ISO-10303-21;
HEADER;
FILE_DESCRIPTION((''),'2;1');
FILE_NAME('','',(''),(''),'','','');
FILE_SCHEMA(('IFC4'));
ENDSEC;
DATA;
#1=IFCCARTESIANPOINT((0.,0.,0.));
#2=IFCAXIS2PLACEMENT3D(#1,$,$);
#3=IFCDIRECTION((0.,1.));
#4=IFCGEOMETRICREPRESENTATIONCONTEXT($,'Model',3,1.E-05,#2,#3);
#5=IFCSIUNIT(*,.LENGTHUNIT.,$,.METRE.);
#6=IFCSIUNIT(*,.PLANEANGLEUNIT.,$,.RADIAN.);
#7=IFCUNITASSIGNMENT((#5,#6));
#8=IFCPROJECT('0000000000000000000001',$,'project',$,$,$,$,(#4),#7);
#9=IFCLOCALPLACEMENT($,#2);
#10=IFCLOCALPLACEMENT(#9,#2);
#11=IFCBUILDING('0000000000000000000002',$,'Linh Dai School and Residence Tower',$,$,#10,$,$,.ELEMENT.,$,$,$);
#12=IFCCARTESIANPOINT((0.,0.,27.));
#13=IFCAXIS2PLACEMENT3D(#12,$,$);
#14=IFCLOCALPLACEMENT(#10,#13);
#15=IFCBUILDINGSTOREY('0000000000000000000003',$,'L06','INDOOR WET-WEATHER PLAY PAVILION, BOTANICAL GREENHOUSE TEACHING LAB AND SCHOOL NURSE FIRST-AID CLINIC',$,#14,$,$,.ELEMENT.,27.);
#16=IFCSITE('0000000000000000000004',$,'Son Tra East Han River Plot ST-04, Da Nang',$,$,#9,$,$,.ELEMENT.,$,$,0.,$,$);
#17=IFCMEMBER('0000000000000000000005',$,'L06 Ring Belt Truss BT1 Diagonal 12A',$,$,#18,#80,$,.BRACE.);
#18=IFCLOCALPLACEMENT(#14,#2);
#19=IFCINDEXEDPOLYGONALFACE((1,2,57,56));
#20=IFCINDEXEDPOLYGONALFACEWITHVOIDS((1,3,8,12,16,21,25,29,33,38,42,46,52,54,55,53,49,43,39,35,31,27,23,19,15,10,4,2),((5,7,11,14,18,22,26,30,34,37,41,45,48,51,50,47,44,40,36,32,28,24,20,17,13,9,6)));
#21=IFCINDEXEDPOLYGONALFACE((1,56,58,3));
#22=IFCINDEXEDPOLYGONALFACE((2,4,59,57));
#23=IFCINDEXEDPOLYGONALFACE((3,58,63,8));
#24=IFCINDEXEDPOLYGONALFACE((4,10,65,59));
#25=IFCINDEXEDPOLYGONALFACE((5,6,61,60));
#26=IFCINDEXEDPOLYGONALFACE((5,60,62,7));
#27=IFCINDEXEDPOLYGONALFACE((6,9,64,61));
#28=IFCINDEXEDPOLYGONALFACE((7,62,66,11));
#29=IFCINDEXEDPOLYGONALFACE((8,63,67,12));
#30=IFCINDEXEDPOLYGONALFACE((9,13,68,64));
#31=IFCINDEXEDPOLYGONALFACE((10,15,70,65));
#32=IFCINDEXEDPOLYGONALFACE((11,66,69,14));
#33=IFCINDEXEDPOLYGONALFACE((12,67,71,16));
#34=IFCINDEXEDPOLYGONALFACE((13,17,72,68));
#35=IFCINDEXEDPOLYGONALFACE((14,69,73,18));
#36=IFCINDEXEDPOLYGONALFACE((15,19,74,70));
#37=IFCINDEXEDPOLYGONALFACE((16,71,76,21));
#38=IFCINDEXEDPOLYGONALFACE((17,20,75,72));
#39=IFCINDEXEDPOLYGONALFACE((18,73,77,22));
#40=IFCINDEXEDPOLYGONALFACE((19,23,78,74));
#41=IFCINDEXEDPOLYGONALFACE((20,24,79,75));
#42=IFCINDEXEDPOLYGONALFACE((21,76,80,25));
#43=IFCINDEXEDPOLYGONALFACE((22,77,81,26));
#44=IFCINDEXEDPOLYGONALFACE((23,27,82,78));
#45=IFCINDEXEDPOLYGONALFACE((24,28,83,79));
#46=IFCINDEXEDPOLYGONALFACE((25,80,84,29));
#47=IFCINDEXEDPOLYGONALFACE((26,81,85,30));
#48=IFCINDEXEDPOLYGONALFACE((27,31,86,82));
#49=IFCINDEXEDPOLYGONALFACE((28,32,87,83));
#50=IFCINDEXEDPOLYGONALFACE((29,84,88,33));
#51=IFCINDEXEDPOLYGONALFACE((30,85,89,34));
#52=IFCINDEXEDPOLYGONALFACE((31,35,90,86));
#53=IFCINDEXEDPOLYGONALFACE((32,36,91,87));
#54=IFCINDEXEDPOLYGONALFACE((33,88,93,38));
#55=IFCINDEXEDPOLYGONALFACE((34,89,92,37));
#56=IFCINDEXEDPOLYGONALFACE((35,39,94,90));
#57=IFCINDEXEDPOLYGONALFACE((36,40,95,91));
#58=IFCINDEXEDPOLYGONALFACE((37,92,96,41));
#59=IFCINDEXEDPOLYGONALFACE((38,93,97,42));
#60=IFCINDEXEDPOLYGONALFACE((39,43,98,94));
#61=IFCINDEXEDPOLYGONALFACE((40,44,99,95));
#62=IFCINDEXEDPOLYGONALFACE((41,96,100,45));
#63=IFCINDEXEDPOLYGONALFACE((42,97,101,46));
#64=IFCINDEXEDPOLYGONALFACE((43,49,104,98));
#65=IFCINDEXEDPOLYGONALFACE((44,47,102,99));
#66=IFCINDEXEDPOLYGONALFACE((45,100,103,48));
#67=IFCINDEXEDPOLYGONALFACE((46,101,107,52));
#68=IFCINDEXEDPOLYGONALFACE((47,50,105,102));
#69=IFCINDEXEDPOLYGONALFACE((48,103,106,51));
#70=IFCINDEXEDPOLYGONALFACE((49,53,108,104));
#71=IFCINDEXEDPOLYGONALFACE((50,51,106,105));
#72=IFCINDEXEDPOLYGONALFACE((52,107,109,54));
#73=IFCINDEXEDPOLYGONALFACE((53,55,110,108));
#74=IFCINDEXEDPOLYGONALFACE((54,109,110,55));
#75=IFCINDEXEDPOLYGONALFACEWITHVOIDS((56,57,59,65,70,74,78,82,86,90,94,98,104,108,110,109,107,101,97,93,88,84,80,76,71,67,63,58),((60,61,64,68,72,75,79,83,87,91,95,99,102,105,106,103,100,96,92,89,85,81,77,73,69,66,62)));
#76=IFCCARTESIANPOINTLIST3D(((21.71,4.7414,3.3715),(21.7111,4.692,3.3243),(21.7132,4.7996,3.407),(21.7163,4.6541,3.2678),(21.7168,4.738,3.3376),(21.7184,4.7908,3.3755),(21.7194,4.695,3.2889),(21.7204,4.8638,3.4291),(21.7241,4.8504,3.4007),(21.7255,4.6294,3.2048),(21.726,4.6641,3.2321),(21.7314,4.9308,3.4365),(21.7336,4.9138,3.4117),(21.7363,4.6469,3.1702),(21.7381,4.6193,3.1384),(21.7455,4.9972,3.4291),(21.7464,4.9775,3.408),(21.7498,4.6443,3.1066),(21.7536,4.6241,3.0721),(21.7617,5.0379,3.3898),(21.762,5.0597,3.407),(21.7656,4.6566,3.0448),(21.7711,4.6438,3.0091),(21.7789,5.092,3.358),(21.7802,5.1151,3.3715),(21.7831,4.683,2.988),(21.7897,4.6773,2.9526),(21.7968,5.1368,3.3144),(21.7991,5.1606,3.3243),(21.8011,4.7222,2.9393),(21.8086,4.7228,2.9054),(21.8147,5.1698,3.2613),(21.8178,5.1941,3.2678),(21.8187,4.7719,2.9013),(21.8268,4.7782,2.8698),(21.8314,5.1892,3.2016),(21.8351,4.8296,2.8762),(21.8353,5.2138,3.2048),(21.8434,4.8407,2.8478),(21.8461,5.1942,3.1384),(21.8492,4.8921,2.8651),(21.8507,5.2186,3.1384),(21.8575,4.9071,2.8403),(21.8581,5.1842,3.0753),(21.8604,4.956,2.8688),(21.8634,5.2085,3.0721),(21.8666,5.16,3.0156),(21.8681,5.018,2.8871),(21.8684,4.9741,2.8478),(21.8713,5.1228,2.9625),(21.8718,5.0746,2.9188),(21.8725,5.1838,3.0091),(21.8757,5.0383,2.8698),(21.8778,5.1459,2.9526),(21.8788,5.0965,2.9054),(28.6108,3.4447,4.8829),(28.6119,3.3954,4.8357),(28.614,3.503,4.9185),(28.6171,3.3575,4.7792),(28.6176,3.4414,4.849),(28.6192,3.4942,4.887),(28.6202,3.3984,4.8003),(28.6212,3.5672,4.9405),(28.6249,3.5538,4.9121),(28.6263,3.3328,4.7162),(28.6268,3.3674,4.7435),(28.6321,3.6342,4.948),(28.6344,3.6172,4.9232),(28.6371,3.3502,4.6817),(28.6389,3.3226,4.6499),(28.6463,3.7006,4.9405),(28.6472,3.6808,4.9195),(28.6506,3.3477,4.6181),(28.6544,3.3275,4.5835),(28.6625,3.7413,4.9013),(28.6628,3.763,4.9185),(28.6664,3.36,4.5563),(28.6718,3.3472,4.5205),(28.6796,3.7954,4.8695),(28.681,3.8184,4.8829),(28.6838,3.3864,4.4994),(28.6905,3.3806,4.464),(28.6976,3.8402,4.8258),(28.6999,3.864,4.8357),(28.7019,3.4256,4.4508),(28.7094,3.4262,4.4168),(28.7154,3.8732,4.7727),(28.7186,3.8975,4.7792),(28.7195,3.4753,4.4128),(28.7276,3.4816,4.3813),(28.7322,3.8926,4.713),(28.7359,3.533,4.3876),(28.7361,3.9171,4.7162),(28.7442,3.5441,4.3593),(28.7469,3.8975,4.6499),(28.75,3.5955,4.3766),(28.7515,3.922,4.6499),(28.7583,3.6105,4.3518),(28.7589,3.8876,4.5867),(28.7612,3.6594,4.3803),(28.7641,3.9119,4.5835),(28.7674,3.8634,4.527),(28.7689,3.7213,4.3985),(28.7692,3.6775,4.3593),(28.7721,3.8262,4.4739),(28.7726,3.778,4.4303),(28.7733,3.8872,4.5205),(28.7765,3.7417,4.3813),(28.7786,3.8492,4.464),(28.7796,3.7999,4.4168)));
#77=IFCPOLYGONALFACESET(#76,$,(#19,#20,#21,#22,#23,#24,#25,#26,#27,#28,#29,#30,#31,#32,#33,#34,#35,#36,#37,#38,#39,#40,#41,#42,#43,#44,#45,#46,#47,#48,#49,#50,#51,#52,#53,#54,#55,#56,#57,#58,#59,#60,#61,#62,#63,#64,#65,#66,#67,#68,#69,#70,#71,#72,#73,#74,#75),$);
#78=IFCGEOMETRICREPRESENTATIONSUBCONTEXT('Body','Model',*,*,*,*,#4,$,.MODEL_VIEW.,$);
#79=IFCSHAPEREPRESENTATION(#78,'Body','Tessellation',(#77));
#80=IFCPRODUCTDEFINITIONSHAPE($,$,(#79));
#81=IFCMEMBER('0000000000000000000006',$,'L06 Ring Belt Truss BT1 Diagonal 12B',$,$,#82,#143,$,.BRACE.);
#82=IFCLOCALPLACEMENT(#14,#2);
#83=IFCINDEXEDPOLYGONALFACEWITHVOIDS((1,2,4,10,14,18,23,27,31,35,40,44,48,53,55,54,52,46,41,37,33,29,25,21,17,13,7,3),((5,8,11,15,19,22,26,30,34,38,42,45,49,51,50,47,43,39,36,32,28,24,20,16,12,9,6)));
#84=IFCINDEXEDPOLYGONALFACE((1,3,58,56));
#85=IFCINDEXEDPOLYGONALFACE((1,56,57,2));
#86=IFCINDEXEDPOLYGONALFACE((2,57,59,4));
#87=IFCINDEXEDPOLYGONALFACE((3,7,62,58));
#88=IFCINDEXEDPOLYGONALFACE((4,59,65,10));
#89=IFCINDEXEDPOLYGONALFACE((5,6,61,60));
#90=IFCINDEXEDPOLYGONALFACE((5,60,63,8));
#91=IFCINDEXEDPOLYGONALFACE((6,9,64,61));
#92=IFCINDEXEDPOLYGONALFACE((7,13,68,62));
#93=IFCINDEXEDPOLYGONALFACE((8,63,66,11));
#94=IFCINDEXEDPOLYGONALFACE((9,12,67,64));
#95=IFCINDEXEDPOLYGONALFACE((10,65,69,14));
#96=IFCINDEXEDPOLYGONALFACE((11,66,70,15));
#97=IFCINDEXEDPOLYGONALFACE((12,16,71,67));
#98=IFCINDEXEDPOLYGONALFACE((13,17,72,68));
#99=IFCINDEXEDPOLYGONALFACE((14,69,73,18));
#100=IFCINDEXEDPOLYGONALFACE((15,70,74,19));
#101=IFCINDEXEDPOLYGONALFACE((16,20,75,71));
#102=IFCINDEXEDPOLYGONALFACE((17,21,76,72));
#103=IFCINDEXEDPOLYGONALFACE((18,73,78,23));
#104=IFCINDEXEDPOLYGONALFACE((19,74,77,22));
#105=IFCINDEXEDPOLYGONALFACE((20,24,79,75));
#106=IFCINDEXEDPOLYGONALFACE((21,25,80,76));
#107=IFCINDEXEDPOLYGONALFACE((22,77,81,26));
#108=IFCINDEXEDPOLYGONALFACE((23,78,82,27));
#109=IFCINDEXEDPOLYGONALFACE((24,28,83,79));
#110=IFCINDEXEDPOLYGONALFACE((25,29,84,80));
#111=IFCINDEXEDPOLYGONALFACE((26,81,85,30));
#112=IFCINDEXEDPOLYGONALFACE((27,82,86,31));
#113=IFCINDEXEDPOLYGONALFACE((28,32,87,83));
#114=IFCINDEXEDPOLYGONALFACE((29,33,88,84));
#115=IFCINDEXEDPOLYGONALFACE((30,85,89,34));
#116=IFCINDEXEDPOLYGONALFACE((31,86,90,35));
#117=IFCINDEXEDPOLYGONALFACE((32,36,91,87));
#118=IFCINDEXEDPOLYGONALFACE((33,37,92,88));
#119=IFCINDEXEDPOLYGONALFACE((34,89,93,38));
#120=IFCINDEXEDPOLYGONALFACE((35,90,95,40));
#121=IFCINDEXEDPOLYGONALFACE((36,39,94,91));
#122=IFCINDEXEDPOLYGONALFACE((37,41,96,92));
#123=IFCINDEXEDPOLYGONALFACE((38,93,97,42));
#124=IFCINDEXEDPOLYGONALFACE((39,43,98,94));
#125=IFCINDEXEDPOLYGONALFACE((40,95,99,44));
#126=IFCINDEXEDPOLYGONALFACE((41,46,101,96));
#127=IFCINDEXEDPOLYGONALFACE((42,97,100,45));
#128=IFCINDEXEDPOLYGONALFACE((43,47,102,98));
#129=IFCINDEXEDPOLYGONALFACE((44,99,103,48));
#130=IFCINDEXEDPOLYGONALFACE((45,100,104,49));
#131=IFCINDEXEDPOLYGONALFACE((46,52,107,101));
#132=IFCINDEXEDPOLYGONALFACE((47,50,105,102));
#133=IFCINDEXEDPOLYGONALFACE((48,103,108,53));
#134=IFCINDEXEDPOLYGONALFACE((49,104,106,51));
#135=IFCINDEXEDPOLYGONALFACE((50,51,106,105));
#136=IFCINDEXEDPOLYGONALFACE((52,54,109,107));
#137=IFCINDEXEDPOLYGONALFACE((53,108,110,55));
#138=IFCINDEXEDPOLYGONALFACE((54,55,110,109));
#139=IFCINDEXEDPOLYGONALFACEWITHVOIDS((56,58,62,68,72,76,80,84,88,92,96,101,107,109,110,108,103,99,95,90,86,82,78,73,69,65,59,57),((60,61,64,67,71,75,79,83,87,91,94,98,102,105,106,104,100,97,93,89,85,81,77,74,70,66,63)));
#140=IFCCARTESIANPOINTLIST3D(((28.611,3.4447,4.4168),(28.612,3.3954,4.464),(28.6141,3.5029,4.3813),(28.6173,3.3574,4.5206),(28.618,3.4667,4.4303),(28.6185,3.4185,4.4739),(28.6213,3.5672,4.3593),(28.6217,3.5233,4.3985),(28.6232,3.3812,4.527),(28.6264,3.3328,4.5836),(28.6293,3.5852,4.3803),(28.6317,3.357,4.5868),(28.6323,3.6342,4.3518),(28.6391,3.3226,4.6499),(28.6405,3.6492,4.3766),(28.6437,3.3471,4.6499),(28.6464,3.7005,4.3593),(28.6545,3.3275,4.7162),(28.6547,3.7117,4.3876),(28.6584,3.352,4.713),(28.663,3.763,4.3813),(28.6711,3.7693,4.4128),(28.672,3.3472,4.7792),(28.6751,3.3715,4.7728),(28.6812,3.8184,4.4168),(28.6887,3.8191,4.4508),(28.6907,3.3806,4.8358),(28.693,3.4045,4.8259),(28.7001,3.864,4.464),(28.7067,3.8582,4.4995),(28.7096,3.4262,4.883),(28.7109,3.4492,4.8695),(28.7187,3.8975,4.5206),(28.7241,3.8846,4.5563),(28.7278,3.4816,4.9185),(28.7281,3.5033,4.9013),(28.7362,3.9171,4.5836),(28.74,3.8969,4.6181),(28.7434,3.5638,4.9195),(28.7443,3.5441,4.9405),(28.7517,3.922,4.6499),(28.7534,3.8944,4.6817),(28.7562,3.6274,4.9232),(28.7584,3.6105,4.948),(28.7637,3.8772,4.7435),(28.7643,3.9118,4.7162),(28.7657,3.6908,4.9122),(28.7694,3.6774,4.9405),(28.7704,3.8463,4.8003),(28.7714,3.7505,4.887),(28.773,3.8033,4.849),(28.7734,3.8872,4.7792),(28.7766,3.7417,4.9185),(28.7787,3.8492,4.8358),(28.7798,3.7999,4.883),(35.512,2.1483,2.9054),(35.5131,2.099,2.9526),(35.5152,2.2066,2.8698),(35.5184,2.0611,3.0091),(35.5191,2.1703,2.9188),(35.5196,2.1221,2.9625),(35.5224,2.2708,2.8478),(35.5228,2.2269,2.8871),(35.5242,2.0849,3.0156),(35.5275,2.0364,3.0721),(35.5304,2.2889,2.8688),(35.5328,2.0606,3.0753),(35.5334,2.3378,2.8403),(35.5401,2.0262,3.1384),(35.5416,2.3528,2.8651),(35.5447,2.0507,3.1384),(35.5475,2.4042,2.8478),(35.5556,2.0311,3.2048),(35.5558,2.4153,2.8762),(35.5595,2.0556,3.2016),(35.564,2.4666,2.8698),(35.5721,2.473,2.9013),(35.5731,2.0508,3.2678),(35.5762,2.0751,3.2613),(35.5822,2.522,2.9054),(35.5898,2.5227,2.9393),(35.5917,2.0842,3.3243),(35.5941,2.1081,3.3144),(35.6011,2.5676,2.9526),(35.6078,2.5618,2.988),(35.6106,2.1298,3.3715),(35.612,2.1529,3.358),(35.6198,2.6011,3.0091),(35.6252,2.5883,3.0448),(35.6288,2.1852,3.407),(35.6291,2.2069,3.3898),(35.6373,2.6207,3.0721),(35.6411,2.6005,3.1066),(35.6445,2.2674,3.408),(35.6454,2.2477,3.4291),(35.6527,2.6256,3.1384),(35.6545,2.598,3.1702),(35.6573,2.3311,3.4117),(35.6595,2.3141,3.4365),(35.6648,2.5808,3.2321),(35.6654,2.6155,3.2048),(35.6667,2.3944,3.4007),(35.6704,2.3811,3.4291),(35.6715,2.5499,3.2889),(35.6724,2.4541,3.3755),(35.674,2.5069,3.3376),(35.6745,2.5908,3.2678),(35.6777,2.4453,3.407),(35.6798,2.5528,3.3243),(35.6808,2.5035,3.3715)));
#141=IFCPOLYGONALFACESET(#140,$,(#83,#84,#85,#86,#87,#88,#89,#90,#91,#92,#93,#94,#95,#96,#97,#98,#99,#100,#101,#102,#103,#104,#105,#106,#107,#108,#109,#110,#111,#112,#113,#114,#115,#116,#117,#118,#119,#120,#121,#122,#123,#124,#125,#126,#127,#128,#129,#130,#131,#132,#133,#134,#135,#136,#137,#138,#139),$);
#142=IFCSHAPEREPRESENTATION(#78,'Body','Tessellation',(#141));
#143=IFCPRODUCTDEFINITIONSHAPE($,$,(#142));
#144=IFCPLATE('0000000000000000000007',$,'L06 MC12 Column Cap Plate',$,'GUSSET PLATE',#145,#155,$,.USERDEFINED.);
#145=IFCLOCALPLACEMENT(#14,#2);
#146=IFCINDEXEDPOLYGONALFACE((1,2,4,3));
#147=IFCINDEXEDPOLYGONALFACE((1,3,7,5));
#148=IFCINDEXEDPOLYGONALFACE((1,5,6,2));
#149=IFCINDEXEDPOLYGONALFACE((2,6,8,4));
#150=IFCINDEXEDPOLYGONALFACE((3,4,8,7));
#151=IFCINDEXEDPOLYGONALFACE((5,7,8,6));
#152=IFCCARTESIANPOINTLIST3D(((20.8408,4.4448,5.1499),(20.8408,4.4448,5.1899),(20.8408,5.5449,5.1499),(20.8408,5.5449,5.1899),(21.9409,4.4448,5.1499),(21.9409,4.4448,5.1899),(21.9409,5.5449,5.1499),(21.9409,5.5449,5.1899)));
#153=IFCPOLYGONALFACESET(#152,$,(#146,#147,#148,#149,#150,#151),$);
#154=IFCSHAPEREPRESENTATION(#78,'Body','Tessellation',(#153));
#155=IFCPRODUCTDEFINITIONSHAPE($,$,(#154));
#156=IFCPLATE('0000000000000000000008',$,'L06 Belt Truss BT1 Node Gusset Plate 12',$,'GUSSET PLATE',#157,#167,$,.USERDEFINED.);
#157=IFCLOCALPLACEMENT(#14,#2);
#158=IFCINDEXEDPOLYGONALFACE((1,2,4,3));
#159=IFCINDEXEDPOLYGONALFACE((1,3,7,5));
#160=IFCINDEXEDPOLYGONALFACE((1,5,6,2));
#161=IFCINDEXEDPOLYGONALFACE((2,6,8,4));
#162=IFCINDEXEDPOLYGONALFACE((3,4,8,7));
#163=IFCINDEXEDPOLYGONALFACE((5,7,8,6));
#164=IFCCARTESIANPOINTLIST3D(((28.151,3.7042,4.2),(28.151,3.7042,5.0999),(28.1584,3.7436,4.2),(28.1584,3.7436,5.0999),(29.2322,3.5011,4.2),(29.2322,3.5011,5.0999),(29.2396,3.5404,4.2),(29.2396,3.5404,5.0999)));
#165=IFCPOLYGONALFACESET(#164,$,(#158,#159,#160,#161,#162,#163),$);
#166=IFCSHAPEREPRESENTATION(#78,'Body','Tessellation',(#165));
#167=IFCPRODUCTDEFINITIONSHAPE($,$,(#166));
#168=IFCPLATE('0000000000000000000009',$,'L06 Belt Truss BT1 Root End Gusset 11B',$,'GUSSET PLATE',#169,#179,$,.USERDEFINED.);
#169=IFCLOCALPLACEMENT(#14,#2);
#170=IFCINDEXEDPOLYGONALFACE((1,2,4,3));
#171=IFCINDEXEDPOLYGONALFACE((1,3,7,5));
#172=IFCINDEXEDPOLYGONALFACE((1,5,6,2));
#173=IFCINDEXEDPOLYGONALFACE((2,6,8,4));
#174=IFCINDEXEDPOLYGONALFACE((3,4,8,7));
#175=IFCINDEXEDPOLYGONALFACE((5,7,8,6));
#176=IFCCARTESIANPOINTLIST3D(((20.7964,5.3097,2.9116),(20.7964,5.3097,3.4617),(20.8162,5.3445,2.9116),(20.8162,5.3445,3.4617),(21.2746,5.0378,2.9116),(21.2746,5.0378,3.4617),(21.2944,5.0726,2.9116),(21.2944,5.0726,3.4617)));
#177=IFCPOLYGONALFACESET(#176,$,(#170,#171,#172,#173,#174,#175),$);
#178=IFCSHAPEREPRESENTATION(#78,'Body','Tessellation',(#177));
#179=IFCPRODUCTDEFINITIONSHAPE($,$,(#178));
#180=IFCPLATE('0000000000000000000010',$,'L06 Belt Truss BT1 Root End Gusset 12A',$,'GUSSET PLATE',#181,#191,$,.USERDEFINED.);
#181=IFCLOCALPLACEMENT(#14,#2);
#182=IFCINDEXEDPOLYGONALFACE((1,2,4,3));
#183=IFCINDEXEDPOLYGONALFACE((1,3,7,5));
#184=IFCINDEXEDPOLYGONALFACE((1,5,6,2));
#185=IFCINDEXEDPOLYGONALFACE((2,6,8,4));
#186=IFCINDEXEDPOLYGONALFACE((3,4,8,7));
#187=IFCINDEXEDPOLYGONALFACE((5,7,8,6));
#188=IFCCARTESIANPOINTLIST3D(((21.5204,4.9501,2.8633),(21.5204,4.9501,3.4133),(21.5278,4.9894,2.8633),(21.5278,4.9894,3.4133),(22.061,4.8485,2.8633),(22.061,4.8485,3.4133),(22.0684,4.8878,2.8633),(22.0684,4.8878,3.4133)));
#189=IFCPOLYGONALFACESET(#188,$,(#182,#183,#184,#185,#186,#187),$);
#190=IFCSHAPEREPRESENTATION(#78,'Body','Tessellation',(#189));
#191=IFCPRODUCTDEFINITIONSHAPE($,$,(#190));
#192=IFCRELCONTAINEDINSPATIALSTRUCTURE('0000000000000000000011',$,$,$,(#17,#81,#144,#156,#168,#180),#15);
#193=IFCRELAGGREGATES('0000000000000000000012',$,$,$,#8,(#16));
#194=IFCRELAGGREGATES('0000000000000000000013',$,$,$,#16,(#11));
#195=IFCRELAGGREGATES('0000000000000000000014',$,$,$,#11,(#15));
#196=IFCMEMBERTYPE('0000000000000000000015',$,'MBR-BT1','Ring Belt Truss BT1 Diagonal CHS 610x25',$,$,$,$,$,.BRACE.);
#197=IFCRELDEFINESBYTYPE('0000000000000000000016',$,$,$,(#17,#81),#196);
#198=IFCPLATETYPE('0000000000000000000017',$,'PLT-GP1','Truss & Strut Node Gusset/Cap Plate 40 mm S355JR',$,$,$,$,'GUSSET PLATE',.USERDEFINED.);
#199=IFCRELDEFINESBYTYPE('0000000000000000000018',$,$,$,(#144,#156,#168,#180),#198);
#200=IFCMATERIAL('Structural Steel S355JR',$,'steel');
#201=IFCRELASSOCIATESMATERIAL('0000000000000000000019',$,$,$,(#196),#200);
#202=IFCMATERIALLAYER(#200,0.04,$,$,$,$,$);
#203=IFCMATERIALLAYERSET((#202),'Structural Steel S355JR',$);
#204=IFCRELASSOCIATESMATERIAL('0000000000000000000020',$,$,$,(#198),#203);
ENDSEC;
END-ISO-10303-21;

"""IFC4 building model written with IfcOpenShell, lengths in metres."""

from ifc_helpers import new_model, si_unit, direction, frame, origin, origin_2d, place, context, subcontext, project, spatial, rectangle, hollow_circle, extrude, source, transform, mapped, material, layer, layer_set, material_profile, profile_set, type_object, element, save


model = new_model("IFC4")

# Units and contexts
model_context = context("Model", 3, precision=1e-05, world=origin(), true_north=direction((0.0, 1.0)))
body_context = subcontext(model_context, "Body", "Model", "MODEL_VIEW")
ifc_project = project(units=[si_unit("LENGTHUNIT", "METRE"), si_unit("PLANEANGLEUNIT", "RADIAN")], contexts=[model_context])

# Site, building, storey
site_placement = place(None, origin())
site = spatial("IfcSite", under=ifc_project, at=site_placement, Name="Son Tra East Han River Plot ST-04, Da Nang", CompositionType="ELEMENT", RefElevation=0.0)
building_placement = place(site_placement, origin())
building = spatial("IfcBuilding", under=site, at=building_placement, Name="Linh Dai School and Residence Tower", CompositionType="ELEMENT")
storey_placement = place(building_placement, frame((0.0, 0.0, 27.0)))
storey = spatial("IfcBuildingStorey", under=building, at=storey_placement, Name="L06", Description="INDOOR WET-WEATHER PLAY PAVILION, BOTANICAL GREENHOUSE TEACHING LAB AND SCHOOL NURSE FIRST-AID CLINIC", CompositionType="ELEMENT", Elevation=27.0)

# Shared definitions
ifc_material_1 = material(Name="Structural Steel S355JR", Category="steel")

# Members
ifc_material_profile_1 = material_profile(ifc_material_1, hollow_circle(Radius=0.3049, WallThickness=0.0249, at=origin_2d()), Name="CHS 610x25")
ifc_profile_set_1 = profile_set([ifc_material_profile_1], Name="Structural Steel S355JR")
member_type = type_object("IfcMemberType", Name="MBR-BT1", Description="Ring Belt Truss BT1 Diagonal CHS 610x25", PredefinedType="BRACE", material=ifc_profile_set_1)
member_1_placement = place(storey_placement, frame((21.7944, 4.9189, 3.1384), z_axis=(0.960794, -0.180527, 0.210439), x_axis=(0.184662, 0.982802, 0.0)))
element("IfcMember", 1, at=member_1_placement, inside=storey, type_object=member_type, Name="L06 Ring Belt Truss BT1 Diagonal 12A", PredefinedType="BRACE", context=body_context, shape_type="SweptSolid", body=[
    extrude(hollow_circle(Radius=0.3049, WallThickness=0.0249, at=origin_2d()), origin(), (0.0, 0.0, 1.0), 7.1824),
])
member_2_placement = place(storey_placement, frame((35.5964, 2.3259, 3.1384), z_axis=(-0.960803, 0.180488, 0.210434), x_axis=(-0.184622, -0.98281, 0.0)))
element("IfcMember", 2, at=member_2_placement, inside=storey, type_object=member_type, Name="L06 Ring Belt Truss BT1 Diagonal 12B", PredefinedType="BRACE", context=body_context, shape_type="SweptSolid", body=[
    extrude(hollow_circle(Radius=0.3049, WallThickness=0.0249, at=origin_2d()), origin(), (0.0, 0.0, 1.0), 7.1826),
])

# Plates
ifc_layer_1 = layer(ifc_material_1, 0.04)
ifc_layer_set_1 = layer_set([ifc_layer_1], Name="Structural Steel S355JR")
plate_type = type_object("IfcPlateType", Name="PLT-GP1", Description="Truss & Strut Node Gusset/Cap Plate 40 mm S355JR", ElementType="GUSSET PLATE", PredefinedType="USERDEFINED", material=ifc_layer_set_1)
shared_shape_1 = source(origin(), body_context, "Body", "SweptSolid", [
    extrude(rectangle(XDim=1.1001, YDim=1.1001, at=origin_2d()), origin(), (0.0, 0.0, 1.0), 0.04),
])
plate_1_placement = place(storey_placement, frame((21.3909, 4.9949, 5.1499), z_axis=(0.0, 0.0, 1.0), x_axis=(1.0, 0.0, 0.0)))
element("IfcPlate", 3, at=plate_1_placement, inside=storey, type_object=plate_type, Name="L06 MC12 Column Cap Plate", ObjectType="GUSSET PLATE", PredefinedType="USERDEFINED", context=body_context, shape_type="MappedRepresentation", body=[
    mapped(shared_shape_1, transform((0.0, 0.0, 0.0), x_axis=(1.0, 0.0, 0.0), y_axis=(0.0, 1.0, 0.0), z_axis=(0.0, 0.0, 1.0), scale=1.0)),
])
shared_shape_2 = source(origin(), body_context, "Body", "SweptSolid", [
    extrude(rectangle(XDim=1.1001, YDim=0.04, at=origin_2d()), origin(), (0.0, 0.0, 1.0), 0.8999),
])
plate_2_placement = place(storey_placement, frame((28.6953, 3.6223, 4.2), z_axis=(0.0, 0.0, 1.0), x_axis=(0.982804, -0.184652, 0.0)))
element("IfcPlate", 4, at=plate_2_placement, inside=storey, type_object=plate_type, Name="L06 Belt Truss BT1 Node Gusset Plate 12", ObjectType="GUSSET PLATE", PredefinedType="USERDEFINED", context=body_context, shape_type="MappedRepresentation", body=[
    mapped(shared_shape_2, transform((0.0, 0.0, 0.0), x_axis=(1.0, 0.0, 0.0), y_axis=(0.0, 1.0, 0.0), z_axis=(0.0, 0.0, 1.0), scale=1.0)),
])
shared_shape_3 = source(origin(), body_context, "Body", "SweptSolid", [
    extrude(rectangle(XDim=0.55, YDim=0.04, at=origin_2d()), origin(), (0.0, 0.0, 1.0), 0.55),
])
for number, where, z_axis, x_axis, name in (
    (5, (21.0454, 5.1912, 2.9116), (0.0, 0.0, 1.0), (0.869248, -0.494377, 0.0), "L06 Belt Truss BT1 Root End Gusset 11B"),
    (6, (21.7944, 4.9189, 2.8633), (0.0, 0.0, 1.0), (0.982804, -0.184652, 0.0), "L06 Belt Truss BT1 Root End Gusset 12A"),
):
    element("IfcPlate", number, at=place(storey_placement, frame(where, z_axis=z_axis, x_axis=x_axis)), inside=storey, type_object=plate_type, Name=name, ObjectType="GUSSET PLATE", PredefinedType="USERDEFINED", context=body_context, shape_type="MappedRepresentation", body=[
        mapped(shared_shape_3, transform((0.0, 0.0, 0.0), x_axis=(1.0, 0.0, 0.0), y_axis=(0.0, 1.0, 0.0), z_axis=(0.0, 0.0, 1.0), scale=1.0)),
    ])

save(model, "model.ifc")
